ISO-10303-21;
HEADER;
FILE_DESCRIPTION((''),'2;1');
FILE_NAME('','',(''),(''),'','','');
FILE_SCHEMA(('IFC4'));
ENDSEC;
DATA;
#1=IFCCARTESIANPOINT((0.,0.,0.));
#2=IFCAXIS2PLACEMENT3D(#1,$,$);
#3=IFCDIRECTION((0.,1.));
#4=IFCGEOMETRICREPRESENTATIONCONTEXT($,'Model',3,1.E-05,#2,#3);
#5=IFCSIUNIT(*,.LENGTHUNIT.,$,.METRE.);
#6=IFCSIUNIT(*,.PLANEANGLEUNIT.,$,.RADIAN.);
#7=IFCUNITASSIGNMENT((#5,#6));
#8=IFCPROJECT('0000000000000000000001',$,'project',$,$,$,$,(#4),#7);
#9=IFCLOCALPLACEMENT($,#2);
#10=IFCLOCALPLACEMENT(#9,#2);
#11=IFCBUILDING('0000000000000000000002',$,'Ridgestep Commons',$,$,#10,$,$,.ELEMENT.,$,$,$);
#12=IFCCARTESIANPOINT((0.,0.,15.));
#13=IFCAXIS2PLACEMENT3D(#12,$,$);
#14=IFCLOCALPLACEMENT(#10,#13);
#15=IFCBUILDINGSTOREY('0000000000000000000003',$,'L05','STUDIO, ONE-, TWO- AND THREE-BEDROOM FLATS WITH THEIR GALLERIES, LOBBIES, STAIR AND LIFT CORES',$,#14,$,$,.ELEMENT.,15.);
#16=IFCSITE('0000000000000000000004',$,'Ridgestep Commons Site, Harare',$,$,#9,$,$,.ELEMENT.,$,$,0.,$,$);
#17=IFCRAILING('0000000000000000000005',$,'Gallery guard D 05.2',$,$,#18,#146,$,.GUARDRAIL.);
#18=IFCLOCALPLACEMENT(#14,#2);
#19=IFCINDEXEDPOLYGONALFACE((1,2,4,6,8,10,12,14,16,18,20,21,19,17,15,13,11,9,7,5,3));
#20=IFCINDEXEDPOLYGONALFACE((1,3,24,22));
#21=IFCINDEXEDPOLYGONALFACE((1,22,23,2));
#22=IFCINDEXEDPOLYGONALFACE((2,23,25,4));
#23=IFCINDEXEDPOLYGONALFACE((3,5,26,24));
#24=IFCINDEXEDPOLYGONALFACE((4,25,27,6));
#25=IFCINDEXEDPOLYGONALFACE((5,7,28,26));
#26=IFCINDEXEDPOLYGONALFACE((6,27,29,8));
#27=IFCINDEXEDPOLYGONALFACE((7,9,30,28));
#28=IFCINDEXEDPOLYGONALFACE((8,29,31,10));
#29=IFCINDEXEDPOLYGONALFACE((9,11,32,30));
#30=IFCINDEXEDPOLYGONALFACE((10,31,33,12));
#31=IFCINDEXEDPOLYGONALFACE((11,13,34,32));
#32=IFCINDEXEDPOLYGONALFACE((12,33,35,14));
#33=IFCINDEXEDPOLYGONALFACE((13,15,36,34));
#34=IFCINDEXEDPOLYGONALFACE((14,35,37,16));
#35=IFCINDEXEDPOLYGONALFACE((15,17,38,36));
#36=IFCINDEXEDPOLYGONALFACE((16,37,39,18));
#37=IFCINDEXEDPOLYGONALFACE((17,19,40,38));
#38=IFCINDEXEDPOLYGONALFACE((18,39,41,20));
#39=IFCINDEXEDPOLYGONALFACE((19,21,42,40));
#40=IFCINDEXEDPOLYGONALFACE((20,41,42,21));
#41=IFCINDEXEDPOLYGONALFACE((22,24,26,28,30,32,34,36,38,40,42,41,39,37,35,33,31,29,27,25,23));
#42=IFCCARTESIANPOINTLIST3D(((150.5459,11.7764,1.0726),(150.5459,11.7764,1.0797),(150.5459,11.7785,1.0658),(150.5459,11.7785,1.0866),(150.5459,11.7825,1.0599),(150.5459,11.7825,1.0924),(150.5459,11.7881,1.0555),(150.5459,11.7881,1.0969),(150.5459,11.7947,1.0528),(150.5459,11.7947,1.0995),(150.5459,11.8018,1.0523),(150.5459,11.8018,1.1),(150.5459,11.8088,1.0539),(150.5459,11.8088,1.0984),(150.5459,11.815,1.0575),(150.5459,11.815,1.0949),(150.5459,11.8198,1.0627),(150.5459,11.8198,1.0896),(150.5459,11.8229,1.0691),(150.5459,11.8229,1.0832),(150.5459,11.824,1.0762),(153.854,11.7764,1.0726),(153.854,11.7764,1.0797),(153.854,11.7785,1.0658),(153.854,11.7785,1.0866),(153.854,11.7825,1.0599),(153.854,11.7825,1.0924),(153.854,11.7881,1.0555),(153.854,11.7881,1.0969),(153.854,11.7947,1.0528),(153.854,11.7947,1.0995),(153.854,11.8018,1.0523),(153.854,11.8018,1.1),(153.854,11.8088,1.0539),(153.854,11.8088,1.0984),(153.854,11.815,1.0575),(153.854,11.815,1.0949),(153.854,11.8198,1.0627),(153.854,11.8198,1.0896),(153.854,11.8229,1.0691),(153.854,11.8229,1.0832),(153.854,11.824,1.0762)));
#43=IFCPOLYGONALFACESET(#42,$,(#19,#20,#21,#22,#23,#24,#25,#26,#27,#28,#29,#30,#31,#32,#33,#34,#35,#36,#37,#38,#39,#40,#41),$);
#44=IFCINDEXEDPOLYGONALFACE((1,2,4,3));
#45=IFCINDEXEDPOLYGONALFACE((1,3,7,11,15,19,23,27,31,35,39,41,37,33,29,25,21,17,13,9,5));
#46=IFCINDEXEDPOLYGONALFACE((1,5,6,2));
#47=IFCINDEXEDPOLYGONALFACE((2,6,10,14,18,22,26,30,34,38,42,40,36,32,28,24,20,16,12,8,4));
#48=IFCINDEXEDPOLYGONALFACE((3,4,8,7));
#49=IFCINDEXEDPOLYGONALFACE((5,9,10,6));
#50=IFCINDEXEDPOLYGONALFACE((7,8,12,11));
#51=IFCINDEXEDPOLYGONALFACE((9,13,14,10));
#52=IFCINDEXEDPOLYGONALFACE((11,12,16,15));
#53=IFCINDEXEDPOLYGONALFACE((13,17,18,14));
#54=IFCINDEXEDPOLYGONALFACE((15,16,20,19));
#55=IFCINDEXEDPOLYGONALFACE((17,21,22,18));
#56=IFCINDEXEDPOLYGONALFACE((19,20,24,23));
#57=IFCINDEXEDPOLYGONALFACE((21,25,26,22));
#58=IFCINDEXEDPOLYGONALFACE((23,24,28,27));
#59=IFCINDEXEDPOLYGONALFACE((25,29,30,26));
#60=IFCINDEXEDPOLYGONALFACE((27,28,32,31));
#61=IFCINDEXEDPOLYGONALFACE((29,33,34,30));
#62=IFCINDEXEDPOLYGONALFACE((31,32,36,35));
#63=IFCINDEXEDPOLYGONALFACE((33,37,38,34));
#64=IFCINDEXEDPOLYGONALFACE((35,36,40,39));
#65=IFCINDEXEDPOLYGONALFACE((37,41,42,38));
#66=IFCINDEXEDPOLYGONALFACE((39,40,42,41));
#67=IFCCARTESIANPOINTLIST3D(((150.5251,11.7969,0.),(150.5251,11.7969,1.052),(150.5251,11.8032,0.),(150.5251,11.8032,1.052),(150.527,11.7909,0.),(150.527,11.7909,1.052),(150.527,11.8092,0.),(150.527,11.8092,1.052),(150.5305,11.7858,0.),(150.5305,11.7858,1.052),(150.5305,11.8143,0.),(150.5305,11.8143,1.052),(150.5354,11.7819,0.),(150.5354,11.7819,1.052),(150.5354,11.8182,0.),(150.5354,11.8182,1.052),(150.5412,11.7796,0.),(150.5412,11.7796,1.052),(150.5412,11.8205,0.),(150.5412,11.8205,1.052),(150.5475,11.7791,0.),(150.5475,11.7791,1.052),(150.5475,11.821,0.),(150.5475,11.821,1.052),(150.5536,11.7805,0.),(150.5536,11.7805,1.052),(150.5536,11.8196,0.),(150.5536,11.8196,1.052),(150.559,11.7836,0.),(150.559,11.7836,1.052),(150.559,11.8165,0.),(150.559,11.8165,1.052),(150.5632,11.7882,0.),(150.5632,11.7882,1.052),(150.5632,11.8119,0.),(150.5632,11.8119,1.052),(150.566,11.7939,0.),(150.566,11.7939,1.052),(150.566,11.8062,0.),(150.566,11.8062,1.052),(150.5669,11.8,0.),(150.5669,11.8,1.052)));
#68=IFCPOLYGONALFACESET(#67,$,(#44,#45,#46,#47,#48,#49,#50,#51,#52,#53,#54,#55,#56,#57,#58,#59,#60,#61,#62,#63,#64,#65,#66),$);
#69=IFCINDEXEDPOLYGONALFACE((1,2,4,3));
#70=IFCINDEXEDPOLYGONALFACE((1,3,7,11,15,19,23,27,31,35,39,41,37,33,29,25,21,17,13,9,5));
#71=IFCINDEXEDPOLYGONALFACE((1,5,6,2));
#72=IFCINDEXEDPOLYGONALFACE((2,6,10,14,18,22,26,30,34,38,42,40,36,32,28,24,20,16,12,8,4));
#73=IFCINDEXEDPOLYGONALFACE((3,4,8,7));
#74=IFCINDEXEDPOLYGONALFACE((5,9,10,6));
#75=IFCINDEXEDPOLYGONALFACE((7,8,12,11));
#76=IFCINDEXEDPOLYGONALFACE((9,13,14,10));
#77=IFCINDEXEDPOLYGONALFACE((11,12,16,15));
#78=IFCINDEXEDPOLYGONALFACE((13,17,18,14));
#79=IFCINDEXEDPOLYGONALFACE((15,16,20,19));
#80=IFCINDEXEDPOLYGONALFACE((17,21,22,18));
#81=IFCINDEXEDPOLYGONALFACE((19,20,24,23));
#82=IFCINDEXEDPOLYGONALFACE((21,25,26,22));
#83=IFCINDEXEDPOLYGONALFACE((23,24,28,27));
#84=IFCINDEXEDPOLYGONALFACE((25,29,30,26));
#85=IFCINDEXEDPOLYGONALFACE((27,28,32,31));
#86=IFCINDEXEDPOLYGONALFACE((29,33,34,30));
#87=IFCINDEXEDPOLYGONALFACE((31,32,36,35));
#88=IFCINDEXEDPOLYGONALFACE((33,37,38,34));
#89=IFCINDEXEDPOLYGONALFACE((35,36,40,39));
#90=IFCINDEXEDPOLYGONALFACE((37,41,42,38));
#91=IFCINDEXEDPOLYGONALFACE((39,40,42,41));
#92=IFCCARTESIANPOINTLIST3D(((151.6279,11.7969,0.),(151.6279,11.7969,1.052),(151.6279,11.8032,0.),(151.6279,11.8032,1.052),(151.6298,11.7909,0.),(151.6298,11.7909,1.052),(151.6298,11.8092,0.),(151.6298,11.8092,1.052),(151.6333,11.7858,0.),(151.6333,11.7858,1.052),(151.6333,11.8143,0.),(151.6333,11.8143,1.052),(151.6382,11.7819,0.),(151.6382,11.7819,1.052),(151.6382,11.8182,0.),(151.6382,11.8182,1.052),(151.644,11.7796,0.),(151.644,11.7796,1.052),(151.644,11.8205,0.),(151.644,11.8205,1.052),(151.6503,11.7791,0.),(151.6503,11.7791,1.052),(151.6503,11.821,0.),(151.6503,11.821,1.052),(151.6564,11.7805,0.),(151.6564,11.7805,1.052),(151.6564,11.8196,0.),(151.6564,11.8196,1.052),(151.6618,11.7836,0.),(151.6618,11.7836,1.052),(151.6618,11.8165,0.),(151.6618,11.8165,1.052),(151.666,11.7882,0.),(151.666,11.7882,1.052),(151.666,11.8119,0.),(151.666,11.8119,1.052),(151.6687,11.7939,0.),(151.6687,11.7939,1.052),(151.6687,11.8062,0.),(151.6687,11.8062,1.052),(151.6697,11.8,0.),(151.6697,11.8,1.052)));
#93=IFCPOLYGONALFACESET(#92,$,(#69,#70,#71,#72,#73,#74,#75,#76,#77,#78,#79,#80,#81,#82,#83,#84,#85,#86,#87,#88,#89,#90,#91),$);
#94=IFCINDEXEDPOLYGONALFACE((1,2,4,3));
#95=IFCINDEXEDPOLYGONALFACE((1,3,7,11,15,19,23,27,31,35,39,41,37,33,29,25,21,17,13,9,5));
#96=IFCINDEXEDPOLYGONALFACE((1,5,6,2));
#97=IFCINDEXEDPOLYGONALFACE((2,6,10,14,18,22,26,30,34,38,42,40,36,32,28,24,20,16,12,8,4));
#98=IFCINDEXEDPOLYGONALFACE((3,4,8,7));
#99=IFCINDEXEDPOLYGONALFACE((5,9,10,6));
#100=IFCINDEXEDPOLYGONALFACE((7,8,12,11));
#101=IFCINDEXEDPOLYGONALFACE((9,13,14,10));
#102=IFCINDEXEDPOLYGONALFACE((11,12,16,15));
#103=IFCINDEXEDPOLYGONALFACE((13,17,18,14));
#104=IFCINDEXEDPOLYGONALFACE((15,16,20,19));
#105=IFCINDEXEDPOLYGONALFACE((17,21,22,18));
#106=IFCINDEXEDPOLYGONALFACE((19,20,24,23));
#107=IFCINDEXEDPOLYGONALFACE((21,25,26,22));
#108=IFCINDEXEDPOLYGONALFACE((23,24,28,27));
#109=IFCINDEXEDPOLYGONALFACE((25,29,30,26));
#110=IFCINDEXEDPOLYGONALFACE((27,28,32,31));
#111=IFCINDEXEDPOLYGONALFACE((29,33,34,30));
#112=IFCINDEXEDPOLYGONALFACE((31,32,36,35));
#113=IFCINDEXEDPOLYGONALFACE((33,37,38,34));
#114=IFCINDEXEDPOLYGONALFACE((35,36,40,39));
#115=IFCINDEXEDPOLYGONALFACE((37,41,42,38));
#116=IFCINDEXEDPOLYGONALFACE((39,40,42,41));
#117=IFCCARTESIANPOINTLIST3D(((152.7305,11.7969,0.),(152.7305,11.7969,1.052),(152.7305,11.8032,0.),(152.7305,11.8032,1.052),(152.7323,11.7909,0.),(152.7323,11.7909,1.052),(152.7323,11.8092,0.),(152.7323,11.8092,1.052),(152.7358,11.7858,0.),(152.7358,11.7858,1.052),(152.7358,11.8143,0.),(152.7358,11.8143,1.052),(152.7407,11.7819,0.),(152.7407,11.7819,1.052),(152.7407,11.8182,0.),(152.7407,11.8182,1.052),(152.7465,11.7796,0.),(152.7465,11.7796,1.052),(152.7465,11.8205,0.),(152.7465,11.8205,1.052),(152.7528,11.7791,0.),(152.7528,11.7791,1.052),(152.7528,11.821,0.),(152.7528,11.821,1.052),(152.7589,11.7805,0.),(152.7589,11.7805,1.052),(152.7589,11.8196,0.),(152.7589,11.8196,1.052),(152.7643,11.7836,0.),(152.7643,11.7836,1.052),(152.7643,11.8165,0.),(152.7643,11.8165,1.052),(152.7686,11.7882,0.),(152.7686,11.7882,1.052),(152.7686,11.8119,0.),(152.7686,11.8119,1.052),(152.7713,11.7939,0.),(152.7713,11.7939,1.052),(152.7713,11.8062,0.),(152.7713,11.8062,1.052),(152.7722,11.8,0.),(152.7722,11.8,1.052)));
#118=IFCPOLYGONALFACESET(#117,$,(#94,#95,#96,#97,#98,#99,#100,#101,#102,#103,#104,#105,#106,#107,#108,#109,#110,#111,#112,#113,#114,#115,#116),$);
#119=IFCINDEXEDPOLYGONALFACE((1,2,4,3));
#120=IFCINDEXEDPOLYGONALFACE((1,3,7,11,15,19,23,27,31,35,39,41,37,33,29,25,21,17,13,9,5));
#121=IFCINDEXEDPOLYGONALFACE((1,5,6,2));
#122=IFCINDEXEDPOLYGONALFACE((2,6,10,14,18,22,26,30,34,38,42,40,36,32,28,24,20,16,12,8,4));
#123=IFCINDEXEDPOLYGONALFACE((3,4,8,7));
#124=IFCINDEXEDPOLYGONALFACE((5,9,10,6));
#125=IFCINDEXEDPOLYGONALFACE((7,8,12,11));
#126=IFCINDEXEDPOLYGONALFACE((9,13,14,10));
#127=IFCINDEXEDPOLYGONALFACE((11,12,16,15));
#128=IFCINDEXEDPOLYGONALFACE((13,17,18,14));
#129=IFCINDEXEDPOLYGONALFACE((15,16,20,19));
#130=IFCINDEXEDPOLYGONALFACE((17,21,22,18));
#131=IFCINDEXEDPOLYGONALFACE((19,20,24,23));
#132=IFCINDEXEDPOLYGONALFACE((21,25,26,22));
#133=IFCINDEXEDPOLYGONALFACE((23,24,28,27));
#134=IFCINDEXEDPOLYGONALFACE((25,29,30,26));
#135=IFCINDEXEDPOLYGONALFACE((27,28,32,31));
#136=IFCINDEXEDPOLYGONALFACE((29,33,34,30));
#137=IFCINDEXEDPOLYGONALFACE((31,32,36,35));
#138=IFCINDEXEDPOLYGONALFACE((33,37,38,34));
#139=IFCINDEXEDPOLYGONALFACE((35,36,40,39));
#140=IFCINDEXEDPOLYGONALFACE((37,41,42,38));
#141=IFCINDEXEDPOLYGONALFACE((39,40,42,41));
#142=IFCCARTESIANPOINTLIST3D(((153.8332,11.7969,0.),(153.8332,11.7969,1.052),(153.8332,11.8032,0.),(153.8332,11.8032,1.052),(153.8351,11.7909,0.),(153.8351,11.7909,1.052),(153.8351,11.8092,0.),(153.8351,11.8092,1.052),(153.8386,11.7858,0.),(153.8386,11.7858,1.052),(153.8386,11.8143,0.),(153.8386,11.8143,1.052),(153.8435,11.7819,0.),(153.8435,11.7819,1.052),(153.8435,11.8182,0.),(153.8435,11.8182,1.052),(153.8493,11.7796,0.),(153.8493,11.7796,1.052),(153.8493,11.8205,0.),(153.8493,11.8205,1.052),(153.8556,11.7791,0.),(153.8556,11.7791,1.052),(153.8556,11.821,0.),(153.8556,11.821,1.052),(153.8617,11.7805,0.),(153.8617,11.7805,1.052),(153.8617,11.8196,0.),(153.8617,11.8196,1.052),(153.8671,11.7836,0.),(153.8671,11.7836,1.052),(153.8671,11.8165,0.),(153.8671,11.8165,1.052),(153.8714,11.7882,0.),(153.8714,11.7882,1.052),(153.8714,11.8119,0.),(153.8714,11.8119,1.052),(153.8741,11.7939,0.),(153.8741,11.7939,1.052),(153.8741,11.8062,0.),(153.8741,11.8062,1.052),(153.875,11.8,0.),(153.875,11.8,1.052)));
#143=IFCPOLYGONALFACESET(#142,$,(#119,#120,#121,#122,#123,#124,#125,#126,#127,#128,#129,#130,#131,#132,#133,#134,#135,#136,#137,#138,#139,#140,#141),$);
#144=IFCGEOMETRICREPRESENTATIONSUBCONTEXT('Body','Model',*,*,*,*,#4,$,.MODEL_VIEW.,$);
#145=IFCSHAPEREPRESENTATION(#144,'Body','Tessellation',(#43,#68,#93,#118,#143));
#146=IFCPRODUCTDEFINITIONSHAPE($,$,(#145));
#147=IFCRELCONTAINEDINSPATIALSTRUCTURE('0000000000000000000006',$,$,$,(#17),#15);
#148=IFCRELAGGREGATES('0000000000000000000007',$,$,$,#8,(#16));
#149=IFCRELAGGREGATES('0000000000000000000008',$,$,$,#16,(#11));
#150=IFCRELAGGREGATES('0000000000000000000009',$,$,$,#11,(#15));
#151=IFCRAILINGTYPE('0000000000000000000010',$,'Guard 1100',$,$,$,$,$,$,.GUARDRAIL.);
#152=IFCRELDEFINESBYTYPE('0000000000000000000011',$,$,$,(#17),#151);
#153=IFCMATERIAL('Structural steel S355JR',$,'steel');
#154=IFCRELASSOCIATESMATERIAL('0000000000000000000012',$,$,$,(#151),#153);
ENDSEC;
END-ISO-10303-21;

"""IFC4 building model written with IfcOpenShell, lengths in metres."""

from ifc_helpers import new_model, si_unit, direction, frame, origin, origin_2d, place, context, subcontext, project, spatial, circle, extrude, material, type_object, element, save


model = new_model("IFC4")

# Units and contexts
model_context = context("Model", 3, precision=1e-05, world=origin(), true_north=direction((0.0, 1.0)))
body_context = subcontext(model_context, "Body", "Model", "MODEL_VIEW")
ifc_project = project(units=[si_unit("LENGTHUNIT", "METRE"), si_unit("PLANEANGLEUNIT", "RADIAN")], contexts=[model_context])

# Site, building, storey
site_placement = place(None, origin())
site = spatial("IfcSite", under=ifc_project, at=site_placement, Name="Ridgestep Commons Site, Harare", CompositionType="ELEMENT", RefElevation=0.0)
building_placement = place(site_placement, origin())
building = spatial("IfcBuilding", under=site, at=building_placement, Name="Ridgestep Commons", CompositionType="ELEMENT")
storey_placement = place(building_placement, frame((0.0, 0.0, 15.0)))
storey = spatial("IfcBuildingStorey", under=building, at=storey_placement, Name="L05", Description="STUDIO, ONE-, TWO- AND THREE-BEDROOM FLATS WITH THEIR GALLERIES, LOBBIES, STAIR AND LIFT CORES", CompositionType="ELEMENT", Elevation=15.0)

# Railing
ifc_material_1 = material(Name="Structural steel S355JR", Category="steel")
railing_type = type_object("IfcRailingType", Name="Guard 1100", PredefinedType="GUARDRAIL", material=ifc_material_1)
for number, where, name in (
    (1, (150.5459, 11.8, 0.0), "Gallery guard D 05.2"),
):
    element("IfcRailing", number, at=place(storey_placement, frame(where)), inside=storey, type_object=railing_type, Name=name, PredefinedType="GUARDRAIL", context=body_context, shape_type="SweptSolid", body=[
        extrude(circle(Radius=0.0239, at=origin_2d()), frame((0.0, 0.0, 1.0762), z_axis=(1.0, 0.0, 0.0), x_axis=(0.0, 1.0, 0.0)), (0.0, 0.0, 1.0), 3.3081),
        extrude(circle(Radius=0.021, at=origin_2d()), origin(), (0.0, 0.0, 1.0), 1.052),
        extrude(circle(Radius=0.021, at=origin_2d()), frame((1.1028, 0.0, 0.0)), (0.0, 0.0, 1.0), 1.052),
        extrude(circle(Radius=0.021, at=origin_2d()), frame((2.2053, 0.0, 0.0)), (0.0, 0.0, 1.0), 1.052),
        extrude(circle(Radius=0.021, at=origin_2d()), frame((3.3081, 0.0, 0.0)), (0.0, 0.0, 1.0), 1.052),
    ])

save(model, "model.ifc")
